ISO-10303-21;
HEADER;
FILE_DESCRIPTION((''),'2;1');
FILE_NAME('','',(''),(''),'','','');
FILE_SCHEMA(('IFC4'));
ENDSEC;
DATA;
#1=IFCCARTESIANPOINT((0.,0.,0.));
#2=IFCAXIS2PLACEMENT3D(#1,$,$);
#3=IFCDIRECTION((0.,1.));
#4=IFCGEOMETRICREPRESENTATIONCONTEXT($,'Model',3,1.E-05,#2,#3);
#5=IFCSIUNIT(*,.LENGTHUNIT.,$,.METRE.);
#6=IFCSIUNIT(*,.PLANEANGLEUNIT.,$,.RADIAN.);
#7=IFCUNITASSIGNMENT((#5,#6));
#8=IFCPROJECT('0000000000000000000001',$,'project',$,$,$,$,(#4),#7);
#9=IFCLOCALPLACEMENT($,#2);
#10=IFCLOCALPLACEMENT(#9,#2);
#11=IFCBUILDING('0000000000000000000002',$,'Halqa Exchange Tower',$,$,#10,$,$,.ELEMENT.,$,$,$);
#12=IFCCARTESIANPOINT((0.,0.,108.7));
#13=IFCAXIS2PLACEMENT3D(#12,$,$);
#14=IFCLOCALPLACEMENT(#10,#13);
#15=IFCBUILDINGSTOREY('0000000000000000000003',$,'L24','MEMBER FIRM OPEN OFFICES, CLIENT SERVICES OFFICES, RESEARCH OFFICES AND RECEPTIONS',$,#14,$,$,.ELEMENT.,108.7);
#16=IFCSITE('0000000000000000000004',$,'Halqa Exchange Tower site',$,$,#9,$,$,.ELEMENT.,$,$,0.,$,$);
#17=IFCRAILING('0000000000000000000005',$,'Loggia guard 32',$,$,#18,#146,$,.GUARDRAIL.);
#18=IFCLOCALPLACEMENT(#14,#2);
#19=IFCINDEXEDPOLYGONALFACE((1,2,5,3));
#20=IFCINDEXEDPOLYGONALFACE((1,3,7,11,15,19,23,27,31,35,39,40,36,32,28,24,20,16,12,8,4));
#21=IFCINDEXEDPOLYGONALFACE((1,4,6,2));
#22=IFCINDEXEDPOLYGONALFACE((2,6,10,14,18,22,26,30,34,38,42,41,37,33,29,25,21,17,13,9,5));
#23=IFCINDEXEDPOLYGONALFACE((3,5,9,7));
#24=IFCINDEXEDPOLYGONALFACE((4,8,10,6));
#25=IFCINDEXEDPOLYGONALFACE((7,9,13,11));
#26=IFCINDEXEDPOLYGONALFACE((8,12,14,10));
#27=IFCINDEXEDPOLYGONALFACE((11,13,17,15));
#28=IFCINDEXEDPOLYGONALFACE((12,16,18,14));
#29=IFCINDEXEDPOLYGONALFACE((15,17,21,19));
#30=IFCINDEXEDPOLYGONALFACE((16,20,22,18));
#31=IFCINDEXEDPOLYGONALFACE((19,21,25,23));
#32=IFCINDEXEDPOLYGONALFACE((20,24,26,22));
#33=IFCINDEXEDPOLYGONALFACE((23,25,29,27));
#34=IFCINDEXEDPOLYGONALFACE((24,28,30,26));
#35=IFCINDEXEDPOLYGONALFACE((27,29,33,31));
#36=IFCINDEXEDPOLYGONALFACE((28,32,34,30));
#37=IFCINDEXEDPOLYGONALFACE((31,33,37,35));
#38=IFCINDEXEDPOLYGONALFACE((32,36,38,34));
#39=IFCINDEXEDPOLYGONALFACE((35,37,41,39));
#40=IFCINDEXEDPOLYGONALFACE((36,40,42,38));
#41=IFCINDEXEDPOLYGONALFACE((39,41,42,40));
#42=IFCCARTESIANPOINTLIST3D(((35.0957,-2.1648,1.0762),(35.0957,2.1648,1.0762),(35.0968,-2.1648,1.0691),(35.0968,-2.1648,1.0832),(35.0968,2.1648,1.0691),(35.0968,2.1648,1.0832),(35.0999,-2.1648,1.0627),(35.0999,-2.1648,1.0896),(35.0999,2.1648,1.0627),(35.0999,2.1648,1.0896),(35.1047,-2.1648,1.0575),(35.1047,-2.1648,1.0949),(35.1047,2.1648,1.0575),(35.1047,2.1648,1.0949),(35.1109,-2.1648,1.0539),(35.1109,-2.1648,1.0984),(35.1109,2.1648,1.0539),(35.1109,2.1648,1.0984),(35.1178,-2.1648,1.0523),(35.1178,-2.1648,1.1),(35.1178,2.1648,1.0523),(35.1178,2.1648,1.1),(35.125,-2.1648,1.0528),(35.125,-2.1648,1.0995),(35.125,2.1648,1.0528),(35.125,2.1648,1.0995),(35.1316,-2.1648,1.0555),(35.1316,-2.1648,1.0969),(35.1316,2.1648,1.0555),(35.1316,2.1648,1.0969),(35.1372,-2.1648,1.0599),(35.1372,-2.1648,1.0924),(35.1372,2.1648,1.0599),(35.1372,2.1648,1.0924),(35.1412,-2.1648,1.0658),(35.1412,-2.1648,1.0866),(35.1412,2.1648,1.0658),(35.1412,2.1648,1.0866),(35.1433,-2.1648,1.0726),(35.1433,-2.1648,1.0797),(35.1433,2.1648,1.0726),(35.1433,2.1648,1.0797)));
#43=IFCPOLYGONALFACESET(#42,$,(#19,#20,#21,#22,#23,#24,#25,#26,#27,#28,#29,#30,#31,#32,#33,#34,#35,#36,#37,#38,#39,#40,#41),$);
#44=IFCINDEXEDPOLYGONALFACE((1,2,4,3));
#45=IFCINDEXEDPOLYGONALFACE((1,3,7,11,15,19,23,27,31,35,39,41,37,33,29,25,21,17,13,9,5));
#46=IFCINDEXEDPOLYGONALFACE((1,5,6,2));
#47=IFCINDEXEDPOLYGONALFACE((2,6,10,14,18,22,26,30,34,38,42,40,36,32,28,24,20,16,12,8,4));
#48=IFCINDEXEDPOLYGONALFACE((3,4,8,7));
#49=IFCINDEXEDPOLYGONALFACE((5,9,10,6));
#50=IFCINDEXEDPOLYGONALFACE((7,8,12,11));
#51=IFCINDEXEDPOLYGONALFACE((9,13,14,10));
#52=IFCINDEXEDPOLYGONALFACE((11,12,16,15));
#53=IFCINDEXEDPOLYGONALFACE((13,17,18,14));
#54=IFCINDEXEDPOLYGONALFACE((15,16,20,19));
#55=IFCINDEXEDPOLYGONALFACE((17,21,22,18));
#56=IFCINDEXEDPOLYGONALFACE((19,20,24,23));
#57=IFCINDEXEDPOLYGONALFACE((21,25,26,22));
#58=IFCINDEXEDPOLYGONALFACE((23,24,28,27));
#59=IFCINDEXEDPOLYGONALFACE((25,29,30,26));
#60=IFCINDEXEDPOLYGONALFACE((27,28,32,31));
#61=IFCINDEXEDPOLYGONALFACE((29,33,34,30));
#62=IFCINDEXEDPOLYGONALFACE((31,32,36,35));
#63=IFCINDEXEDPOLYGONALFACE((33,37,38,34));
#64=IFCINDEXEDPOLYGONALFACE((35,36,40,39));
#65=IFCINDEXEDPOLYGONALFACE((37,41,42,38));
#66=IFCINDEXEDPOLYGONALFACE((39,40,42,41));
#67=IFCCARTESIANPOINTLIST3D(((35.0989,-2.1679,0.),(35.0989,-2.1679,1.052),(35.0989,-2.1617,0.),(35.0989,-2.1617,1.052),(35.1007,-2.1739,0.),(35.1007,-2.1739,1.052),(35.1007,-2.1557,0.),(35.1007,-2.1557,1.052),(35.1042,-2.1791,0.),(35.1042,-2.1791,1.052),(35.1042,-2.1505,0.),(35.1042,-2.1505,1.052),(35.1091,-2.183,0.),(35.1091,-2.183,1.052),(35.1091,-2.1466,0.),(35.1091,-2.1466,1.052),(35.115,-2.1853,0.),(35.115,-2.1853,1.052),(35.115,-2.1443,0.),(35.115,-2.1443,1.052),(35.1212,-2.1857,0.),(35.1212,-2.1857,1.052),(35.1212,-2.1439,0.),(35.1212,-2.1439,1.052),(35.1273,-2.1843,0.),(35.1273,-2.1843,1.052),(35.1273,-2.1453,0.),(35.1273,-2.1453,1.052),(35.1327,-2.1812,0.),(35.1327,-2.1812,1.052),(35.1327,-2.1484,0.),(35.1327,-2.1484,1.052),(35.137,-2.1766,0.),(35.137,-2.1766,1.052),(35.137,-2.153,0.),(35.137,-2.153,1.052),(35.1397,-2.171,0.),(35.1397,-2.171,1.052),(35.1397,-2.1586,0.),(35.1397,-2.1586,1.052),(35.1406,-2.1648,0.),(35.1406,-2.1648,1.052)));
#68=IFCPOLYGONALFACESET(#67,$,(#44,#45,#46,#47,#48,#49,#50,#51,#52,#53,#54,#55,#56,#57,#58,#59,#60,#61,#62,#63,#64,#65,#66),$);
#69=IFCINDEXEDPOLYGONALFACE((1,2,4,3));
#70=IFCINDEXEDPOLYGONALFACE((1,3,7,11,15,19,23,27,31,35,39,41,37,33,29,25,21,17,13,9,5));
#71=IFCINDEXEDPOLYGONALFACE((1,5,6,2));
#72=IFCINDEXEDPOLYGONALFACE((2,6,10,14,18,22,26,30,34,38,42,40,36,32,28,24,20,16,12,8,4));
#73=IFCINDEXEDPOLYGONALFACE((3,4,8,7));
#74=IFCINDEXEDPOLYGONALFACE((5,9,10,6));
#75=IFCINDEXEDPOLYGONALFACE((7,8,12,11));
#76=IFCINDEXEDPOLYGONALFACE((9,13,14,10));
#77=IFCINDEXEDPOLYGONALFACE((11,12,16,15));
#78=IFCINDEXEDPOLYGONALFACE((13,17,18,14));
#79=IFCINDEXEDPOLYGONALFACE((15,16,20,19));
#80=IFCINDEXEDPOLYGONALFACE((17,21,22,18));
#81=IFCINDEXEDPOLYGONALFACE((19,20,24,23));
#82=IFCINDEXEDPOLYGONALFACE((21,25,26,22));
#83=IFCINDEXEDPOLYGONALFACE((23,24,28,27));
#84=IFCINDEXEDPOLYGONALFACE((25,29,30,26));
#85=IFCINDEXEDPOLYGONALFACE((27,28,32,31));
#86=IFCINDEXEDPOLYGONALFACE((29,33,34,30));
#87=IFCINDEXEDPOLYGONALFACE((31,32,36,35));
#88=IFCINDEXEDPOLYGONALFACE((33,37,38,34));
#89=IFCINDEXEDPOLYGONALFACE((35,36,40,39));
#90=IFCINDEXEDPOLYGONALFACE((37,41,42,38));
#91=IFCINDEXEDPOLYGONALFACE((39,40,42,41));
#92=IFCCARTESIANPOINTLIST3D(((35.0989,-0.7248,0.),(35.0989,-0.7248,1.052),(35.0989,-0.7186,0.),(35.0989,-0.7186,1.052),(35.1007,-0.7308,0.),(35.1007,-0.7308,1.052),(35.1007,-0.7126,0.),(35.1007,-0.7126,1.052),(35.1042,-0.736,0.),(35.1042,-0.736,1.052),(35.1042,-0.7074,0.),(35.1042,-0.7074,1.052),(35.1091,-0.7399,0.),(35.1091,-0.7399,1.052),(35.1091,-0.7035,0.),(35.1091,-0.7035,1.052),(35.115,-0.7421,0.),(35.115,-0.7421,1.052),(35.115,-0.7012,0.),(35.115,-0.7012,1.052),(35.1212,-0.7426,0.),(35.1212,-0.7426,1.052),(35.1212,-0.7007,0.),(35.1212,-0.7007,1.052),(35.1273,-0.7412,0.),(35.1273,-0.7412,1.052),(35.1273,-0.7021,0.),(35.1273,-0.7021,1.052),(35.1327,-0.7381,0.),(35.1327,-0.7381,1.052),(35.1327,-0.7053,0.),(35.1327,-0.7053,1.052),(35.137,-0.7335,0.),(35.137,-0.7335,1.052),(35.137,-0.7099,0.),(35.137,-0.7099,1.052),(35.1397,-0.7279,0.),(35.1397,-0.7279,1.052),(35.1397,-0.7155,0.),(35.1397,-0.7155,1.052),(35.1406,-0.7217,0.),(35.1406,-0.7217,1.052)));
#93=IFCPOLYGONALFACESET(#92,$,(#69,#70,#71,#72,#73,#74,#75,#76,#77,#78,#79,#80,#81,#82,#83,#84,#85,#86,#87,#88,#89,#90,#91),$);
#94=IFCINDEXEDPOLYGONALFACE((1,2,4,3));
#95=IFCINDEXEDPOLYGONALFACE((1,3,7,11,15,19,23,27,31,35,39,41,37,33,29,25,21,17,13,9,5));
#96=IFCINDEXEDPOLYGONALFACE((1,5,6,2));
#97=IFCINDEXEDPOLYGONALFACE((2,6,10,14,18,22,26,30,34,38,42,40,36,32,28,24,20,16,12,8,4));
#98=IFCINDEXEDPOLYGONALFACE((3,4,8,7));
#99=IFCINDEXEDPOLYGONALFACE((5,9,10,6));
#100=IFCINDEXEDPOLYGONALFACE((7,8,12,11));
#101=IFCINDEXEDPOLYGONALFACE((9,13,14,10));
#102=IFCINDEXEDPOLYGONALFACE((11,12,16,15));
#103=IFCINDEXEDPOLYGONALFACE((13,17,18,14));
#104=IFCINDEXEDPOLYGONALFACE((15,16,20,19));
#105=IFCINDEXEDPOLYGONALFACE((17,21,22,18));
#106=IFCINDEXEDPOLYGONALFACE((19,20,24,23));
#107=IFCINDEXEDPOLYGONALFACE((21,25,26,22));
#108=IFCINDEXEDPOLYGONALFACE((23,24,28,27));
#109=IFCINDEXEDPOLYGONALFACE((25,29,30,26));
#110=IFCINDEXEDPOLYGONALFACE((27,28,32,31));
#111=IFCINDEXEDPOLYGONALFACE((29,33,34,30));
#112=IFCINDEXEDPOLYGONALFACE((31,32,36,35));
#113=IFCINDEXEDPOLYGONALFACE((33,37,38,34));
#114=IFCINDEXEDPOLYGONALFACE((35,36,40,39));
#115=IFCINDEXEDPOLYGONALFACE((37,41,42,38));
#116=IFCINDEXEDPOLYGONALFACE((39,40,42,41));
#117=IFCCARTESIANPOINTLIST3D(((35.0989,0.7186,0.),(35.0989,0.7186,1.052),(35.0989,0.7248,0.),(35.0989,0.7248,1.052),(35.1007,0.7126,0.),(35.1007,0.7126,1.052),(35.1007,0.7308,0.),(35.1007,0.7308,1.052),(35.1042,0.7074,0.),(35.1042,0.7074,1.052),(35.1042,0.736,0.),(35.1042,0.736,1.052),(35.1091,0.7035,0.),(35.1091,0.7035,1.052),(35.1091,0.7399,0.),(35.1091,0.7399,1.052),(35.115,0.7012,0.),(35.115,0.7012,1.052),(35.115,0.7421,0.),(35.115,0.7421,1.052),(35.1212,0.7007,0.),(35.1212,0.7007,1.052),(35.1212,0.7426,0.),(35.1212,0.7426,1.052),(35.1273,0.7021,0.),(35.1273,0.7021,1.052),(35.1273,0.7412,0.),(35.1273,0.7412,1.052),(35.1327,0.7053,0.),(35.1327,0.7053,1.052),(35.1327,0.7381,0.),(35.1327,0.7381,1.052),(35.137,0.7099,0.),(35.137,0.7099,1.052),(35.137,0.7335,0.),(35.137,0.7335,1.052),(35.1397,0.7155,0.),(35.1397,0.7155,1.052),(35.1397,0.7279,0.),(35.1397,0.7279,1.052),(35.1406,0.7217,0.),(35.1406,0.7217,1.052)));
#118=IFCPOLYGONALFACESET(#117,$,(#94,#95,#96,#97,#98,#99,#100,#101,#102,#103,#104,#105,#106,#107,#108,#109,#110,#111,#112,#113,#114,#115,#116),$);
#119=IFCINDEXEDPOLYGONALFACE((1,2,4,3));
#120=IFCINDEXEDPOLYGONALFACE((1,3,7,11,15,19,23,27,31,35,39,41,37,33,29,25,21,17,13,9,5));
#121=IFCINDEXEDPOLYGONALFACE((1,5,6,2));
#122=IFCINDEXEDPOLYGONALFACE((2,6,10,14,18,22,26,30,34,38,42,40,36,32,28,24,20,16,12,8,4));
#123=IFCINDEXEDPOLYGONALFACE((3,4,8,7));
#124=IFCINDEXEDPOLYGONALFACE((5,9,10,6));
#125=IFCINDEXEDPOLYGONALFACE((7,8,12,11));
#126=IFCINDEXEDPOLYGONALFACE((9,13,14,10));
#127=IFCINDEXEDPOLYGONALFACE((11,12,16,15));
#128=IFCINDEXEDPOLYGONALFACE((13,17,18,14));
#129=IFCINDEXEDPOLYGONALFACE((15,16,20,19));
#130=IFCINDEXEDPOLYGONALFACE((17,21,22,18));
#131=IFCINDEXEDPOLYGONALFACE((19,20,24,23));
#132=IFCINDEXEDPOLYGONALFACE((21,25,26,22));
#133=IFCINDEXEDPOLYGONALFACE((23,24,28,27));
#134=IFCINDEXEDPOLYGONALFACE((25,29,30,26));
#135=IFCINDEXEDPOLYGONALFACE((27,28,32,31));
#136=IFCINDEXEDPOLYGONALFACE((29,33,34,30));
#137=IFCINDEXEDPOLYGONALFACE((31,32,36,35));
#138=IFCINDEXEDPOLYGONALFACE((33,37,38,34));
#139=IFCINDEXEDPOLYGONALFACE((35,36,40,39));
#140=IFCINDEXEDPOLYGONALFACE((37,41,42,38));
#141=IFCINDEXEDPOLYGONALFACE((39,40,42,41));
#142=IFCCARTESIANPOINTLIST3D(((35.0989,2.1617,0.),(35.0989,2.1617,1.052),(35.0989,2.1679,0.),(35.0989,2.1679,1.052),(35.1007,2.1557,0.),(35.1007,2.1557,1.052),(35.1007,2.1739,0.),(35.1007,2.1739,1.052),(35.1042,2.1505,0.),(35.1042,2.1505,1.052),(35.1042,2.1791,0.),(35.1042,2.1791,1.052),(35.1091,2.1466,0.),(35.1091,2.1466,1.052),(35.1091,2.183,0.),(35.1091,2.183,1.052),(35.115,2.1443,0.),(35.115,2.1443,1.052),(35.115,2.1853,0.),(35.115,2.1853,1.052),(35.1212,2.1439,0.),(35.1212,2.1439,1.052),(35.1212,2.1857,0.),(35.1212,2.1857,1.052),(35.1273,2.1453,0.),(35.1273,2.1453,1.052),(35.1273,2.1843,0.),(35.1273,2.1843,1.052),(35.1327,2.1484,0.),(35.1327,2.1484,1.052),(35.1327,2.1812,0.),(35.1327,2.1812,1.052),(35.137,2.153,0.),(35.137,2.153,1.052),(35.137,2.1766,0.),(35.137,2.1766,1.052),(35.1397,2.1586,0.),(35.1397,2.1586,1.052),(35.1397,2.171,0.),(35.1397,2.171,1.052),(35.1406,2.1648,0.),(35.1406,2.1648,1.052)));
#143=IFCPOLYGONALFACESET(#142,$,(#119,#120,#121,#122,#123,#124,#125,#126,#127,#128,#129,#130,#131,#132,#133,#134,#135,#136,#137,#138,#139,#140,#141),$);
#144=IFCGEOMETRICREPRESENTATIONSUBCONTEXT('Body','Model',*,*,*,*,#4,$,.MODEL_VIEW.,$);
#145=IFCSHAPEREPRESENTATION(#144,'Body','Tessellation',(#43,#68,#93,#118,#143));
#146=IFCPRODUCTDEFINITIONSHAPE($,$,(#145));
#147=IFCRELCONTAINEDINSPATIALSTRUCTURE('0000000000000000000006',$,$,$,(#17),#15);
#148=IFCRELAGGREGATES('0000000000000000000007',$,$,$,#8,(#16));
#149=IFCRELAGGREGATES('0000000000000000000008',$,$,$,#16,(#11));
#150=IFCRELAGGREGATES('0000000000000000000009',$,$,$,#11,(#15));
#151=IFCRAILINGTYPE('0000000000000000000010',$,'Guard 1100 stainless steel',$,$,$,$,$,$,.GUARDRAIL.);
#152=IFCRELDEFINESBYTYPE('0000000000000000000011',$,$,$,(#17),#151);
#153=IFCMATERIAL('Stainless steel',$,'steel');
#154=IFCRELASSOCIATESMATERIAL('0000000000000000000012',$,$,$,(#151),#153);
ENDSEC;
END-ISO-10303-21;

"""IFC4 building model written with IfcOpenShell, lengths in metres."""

from ifc_helpers import new_model, si_unit, direction, frame, origin, origin_2d, place, context, subcontext, project, spatial, circle, extrude, material, type_object, element, save


model = new_model("IFC4")

# Units and contexts
model_context = context("Model", 3, precision=1e-05, world=origin(), true_north=direction((0.0, 1.0)))
body_context = subcontext(model_context, "Body", "Model", "MODEL_VIEW")
ifc_project = project(units=[si_unit("LENGTHUNIT", "METRE"), si_unit("PLANEANGLEUNIT", "RADIAN")], contexts=[model_context])

# Site, building, storey
site_placement = place(None, origin())
site = spatial("IfcSite", under=ifc_project, at=site_placement, Name="Halqa Exchange Tower site", CompositionType="ELEMENT", RefElevation=0.0)
building_placement = place(site_placement, origin())
building = spatial("IfcBuilding", under=site, at=building_placement, Name="Halqa Exchange Tower", CompositionType="ELEMENT")
storey_placement = place(building_placement, frame((0.0, 0.0, 108.7)))
storey = spatial("IfcBuildingStorey", under=building, at=storey_placement, Name="L24", Description="MEMBER FIRM OPEN OFFICES, CLIENT SERVICES OFFICES, RESEARCH OFFICES AND RECEPTIONS", CompositionType="ELEMENT", Elevation=108.7)

# Railing
ifc_material_1 = material(Name="Stainless steel", Category="steel")
railing_type = type_object("IfcRailingType", Name="Guard 1100 stainless steel", PredefinedType="GUARDRAIL", material=ifc_material_1)
railing_1_placement = place(storey_placement, frame((35.1196, -2.1648, 0.0)))
element("IfcRailing", 1, at=railing_1_placement, inside=storey, type_object=railing_type, Name="Loggia guard 32", PredefinedType="GUARDRAIL", context=body_context, shape_type="SweptSolid", body=[
    extrude(circle(Radius=0.0239, at=origin_2d()), frame((0.0, 0.0, 1.0762), z_axis=(0.0, 1.0, 0.0), x_axis=(-1.0, 0.0, 0.0)), (0.0, 0.0, 1.0), 4.3296),
    extrude(circle(Radius=0.021, at=origin_2d()), origin(), (0.0, 0.0, 1.0), 1.052),
    extrude(circle(Radius=0.021, at=origin_2d()), frame((0.0, 1.4431, 0.0)), (0.0, 0.0, 1.0), 1.052),
    extrude(circle(Radius=0.021, at=origin_2d()), frame((0.0, 2.8865, 0.0)), (0.0, 0.0, 1.0), 1.052),
    extrude(circle(Radius=0.021, at=origin_2d()), frame((0.0, 4.3296, 0.0)), (0.0, 0.0, 1.0), 1.052),
])

save(model, "model.ifc")
